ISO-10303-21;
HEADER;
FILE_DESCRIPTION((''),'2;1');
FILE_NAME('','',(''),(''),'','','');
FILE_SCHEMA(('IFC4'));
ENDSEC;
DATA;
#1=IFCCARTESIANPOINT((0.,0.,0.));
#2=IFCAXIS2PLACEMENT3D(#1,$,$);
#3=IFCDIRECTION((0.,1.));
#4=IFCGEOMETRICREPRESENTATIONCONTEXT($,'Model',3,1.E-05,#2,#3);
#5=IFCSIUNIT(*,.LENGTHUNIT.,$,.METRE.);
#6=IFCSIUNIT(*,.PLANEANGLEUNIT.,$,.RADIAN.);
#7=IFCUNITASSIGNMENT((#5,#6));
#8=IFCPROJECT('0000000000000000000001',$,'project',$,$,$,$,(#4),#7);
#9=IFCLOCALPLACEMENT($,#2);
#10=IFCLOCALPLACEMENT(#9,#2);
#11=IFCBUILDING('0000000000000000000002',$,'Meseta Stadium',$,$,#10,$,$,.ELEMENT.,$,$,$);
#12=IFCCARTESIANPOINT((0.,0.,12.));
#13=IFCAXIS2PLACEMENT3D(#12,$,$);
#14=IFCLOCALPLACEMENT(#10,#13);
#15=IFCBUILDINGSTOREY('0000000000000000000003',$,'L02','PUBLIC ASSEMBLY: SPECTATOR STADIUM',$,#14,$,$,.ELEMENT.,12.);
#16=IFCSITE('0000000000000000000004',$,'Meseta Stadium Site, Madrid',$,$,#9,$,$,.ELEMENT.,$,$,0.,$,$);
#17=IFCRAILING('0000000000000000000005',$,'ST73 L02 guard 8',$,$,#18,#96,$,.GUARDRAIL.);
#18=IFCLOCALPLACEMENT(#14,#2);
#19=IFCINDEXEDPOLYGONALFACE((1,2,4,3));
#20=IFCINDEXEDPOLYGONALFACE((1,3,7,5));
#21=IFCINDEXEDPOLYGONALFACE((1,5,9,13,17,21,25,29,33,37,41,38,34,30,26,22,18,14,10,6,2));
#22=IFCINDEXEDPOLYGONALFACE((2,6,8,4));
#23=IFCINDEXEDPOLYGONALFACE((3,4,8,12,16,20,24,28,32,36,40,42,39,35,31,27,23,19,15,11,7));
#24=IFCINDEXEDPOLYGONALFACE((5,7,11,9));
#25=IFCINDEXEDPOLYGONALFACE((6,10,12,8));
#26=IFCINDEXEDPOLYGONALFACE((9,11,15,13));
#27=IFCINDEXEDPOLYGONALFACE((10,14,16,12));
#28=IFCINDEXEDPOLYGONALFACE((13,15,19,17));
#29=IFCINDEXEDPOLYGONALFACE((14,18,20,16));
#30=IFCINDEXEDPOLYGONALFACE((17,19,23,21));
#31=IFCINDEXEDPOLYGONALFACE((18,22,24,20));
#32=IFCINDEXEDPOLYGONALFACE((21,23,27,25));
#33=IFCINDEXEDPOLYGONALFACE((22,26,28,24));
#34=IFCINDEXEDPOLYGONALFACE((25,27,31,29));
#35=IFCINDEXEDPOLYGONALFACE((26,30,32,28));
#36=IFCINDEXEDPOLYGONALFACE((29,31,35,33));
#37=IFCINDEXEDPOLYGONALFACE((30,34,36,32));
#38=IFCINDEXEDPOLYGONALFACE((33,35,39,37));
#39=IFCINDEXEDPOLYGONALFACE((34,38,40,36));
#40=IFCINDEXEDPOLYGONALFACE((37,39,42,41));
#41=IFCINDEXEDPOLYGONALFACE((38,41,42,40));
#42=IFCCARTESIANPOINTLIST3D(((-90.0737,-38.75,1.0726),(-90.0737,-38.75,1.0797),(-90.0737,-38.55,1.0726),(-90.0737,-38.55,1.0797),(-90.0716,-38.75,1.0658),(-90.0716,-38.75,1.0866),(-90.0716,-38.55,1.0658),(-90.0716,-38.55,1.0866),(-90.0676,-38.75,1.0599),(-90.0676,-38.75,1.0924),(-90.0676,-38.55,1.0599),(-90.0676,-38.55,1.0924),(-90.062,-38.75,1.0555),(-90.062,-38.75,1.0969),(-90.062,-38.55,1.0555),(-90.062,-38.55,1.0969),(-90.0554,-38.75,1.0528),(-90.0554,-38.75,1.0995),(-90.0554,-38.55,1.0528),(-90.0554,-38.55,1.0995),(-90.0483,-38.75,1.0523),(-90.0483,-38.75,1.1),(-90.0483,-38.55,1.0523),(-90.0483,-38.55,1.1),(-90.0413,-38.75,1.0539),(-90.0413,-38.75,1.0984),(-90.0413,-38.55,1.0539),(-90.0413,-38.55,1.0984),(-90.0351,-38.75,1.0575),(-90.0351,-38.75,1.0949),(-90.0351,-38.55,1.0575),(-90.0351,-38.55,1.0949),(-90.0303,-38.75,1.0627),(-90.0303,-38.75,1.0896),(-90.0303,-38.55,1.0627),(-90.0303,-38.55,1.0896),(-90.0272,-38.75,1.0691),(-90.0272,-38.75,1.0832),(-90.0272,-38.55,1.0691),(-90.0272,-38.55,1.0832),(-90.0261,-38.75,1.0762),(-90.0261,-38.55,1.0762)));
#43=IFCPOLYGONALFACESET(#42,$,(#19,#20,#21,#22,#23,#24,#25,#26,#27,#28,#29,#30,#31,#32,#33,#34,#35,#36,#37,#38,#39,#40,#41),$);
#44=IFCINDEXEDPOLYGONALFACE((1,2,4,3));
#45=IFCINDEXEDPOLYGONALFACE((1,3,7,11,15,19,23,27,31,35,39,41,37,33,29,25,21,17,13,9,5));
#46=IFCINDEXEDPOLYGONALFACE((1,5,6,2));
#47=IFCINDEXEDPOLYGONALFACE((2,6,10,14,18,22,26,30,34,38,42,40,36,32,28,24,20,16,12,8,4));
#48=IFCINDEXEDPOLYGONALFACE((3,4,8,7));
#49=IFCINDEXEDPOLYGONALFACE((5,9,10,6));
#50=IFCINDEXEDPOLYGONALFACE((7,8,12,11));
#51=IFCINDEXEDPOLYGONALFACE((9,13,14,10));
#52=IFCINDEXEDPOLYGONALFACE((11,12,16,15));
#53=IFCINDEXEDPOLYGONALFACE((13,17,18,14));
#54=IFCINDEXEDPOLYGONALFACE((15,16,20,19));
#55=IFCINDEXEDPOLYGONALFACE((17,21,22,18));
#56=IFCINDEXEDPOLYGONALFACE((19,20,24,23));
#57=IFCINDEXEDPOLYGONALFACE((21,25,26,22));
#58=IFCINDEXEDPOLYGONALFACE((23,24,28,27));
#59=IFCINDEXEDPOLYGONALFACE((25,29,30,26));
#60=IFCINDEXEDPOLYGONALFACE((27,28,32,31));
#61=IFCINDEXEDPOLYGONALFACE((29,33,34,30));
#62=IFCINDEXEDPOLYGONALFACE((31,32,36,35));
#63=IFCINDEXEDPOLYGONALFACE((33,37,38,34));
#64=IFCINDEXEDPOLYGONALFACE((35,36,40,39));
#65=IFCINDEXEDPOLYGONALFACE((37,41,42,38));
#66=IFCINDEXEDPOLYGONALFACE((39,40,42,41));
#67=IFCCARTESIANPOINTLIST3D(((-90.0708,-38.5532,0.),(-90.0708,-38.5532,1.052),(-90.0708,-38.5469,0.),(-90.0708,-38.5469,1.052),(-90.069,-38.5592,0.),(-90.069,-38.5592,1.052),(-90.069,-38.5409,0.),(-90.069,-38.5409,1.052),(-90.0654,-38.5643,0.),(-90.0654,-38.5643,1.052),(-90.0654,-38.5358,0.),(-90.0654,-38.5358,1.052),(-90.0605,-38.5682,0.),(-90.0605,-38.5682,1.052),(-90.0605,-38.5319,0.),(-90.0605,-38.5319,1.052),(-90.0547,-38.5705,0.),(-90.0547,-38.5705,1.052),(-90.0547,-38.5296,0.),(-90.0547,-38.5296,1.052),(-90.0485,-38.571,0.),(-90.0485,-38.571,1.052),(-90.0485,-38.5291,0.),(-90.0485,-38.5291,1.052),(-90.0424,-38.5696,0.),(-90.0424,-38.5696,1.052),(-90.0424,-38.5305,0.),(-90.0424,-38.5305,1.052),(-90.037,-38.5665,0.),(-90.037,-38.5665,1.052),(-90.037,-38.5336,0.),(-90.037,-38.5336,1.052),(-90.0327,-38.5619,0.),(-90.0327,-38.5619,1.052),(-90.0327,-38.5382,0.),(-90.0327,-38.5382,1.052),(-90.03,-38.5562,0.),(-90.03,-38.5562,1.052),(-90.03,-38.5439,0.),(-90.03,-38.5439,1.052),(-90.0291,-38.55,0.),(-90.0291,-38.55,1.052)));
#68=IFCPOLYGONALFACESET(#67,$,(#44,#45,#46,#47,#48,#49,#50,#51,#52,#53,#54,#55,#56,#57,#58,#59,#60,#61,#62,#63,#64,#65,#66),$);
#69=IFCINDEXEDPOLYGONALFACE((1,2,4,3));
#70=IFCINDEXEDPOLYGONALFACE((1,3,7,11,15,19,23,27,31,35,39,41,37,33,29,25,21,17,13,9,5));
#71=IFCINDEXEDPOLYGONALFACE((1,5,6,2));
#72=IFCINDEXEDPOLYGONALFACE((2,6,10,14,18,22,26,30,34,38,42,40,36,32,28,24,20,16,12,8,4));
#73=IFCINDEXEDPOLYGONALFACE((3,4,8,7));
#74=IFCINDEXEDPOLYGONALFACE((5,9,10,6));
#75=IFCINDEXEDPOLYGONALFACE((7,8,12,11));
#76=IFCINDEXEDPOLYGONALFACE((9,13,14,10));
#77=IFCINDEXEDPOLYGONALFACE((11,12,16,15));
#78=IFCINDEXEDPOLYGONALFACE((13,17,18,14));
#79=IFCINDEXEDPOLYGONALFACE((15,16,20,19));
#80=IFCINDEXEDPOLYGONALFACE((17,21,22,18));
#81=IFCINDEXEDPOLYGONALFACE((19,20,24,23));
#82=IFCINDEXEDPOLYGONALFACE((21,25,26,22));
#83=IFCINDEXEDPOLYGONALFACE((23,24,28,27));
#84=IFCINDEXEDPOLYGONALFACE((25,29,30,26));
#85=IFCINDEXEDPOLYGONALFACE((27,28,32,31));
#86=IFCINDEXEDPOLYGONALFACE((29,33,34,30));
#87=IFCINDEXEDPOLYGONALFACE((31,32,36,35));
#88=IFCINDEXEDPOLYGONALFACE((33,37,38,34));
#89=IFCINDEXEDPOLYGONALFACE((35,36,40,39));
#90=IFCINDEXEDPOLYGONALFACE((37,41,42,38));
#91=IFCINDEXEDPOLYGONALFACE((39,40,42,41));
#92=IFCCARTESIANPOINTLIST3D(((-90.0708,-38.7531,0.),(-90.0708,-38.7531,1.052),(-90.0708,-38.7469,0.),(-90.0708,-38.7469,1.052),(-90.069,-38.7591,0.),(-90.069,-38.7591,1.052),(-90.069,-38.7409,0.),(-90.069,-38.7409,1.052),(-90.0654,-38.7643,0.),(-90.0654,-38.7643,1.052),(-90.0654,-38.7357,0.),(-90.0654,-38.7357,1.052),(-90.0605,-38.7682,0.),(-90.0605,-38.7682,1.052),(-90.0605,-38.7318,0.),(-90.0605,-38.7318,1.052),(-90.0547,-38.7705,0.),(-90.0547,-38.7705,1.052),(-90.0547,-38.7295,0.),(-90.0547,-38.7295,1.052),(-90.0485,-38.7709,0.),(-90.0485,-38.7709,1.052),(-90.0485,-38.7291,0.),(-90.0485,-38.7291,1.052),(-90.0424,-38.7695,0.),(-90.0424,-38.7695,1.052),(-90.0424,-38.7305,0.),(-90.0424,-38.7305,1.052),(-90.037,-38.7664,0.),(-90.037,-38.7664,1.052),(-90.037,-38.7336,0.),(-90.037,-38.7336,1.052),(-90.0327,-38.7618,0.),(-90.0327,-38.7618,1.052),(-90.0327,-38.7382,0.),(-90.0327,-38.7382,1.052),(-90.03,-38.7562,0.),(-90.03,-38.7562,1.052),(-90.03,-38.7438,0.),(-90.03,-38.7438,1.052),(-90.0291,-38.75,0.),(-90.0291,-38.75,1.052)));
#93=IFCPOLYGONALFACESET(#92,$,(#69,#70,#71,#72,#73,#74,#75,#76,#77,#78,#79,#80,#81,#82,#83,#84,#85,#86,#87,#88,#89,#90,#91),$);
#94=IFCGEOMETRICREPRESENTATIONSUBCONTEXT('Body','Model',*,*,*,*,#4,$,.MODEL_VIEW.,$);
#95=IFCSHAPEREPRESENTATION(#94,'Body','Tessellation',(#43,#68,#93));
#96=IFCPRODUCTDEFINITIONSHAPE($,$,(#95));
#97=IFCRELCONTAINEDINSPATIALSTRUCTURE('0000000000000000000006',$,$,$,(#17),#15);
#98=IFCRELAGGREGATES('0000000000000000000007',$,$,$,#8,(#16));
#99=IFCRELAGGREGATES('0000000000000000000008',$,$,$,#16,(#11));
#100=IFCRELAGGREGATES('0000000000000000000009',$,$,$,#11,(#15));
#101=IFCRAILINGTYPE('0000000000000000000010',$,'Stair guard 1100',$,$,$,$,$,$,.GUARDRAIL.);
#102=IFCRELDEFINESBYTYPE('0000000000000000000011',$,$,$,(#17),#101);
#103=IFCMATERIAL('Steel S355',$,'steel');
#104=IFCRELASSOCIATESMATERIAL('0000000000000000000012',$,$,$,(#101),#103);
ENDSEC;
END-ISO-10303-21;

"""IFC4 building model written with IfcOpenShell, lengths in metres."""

from ifc_helpers import new_model, si_unit, direction, frame, origin, origin_2d, place, context, subcontext, project, spatial, circle, extrude, material, type_object, element, save


model = new_model("IFC4")

# Units and contexts
model_context = context("Model", 3, precision=1e-05, world=origin(), true_north=direction((0.0, 1.0)))
body_context = subcontext(model_context, "Body", "Model", "MODEL_VIEW")
ifc_project = project(units=[si_unit("LENGTHUNIT", "METRE"), si_unit("PLANEANGLEUNIT", "RADIAN")], contexts=[model_context])

# Site, building, storey
site_placement = place(None, origin())
site = spatial("IfcSite", under=ifc_project, at=site_placement, Name="Meseta Stadium Site, Madrid", CompositionType="ELEMENT", RefElevation=0.0)
building_placement = place(site_placement, origin())
building = spatial("IfcBuilding", under=site, at=building_placement, Name="Meseta Stadium", CompositionType="ELEMENT")
storey_placement = place(building_placement, frame((0.0, 0.0, 12.0)))
storey = spatial("IfcBuildingStorey", under=building, at=storey_placement, Name="L02", Description="PUBLIC ASSEMBLY: SPECTATOR STADIUM", CompositionType="ELEMENT", Elevation=12.0)

# Railing
ifc_material_1 = material(Name="Steel S355", Category="steel")
railing_type_1 = type_object("IfcRailingType", Name="Stair guard 1100", PredefinedType="GUARDRAIL", material=ifc_material_1)
railing_1_placement = place(storey_placement, frame((-90.05, -38.55, 0.0)))
element("IfcRailing", 1, at=railing_1_placement, inside=storey, type_object=railing_type_1, Name="ST73 L02 guard 8", PredefinedType="GUARDRAIL", context=body_context, shape_type="SweptSolid", body=[
    extrude(circle(Radius=0.0239, at=origin_2d()), frame((0.0, 0.0, 1.0762), z_axis=(0.0, -1.0, 0.0), x_axis=(1.0, 0.0, 0.0)), (0.0, 0.0, 1.0), 0.2),
    extrude(circle(Radius=0.021, at=origin_2d()), origin(), (0.0, 0.0, 1.0), 1.052),
    extrude(circle(Radius=0.021, at=origin_2d()), frame((0.0, -0.2, 0.0)), (0.0, 0.0, 1.0), 1.052),
])

save(model, "model.ifc")
